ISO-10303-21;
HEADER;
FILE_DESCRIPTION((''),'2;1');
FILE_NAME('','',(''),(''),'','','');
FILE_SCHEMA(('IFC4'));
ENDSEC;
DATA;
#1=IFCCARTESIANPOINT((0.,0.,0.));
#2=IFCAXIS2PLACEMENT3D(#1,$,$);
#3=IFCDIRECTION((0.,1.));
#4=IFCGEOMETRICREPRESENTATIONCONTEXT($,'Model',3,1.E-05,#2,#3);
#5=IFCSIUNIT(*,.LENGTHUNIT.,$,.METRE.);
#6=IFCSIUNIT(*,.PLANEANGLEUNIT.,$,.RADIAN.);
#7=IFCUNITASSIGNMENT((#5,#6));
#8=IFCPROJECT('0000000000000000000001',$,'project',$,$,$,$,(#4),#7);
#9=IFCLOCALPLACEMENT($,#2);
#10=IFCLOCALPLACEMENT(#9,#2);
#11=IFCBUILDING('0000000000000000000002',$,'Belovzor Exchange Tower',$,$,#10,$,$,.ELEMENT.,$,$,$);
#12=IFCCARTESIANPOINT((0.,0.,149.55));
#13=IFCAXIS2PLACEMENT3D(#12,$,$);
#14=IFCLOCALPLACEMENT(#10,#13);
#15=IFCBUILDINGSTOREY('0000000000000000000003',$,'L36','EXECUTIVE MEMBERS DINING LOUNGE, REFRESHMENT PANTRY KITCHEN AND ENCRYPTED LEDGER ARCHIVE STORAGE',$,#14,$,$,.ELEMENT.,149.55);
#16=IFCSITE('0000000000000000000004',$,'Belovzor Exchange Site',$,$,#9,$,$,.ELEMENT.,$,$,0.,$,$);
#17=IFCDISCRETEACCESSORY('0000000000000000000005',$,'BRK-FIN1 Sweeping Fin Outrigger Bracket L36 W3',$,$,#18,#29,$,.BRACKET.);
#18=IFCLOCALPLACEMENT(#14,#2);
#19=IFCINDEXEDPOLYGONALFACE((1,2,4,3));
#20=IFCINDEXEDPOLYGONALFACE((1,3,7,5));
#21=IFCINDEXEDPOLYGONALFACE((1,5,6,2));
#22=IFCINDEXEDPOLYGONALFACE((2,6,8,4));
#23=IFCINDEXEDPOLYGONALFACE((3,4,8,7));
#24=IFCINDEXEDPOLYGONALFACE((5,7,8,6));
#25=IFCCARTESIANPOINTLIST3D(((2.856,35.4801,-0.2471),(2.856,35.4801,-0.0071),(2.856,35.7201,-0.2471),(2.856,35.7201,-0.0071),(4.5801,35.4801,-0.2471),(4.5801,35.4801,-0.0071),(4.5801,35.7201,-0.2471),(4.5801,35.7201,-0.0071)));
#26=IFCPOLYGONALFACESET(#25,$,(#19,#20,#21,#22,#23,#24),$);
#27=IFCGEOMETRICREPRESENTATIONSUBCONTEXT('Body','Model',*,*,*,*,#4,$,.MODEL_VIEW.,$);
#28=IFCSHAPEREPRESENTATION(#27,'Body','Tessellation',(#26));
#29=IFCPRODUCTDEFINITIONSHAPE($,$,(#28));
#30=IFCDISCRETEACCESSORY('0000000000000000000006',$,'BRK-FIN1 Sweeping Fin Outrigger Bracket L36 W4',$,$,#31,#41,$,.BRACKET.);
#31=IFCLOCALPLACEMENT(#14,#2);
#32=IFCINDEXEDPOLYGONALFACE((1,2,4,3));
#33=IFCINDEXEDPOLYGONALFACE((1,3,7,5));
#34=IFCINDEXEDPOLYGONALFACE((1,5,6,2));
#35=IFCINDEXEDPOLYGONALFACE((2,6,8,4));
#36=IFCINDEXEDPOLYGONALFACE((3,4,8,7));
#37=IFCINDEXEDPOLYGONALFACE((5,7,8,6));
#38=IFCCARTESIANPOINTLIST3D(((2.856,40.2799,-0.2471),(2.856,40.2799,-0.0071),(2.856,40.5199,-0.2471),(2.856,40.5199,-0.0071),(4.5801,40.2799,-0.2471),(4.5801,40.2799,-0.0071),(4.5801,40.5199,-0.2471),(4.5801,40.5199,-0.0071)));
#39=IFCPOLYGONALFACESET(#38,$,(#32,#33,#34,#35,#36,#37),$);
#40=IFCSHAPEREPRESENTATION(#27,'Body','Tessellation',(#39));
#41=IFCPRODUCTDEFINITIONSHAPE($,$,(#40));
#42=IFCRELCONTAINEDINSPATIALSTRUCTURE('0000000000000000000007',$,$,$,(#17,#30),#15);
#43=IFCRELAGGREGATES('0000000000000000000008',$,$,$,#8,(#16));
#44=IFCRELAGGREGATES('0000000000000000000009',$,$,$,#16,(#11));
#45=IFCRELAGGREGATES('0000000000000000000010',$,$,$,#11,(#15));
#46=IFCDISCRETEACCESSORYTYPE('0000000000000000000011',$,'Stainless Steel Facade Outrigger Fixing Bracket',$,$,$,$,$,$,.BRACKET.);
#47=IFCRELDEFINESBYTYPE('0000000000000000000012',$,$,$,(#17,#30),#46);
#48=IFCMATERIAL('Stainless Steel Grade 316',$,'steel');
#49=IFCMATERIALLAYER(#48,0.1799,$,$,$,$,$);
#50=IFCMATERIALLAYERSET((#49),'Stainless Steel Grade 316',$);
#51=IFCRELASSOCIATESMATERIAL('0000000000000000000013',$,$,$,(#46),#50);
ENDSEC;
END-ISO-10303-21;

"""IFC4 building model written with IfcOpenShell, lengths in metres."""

from ifc_helpers import new_model, si_unit, direction, frame, origin, origin_2d, place, context, subcontext, project, spatial, rectangle, extrude, material, layer, layer_set, type_object, element, save


model = new_model("IFC4")

# Units and contexts
model_context = context("Model", 3, precision=1e-05, world=origin(), true_north=direction((0.0, 1.0)))
body_context = subcontext(model_context, "Body", "Model", "MODEL_VIEW")
ifc_project = project(units=[si_unit("LENGTHUNIT", "METRE"), si_unit("PLANEANGLEUNIT", "RADIAN")], contexts=[model_context])

# Site, building, storey
site_placement = place(None, origin())
site = spatial("IfcSite", under=ifc_project, at=site_placement, Name="Belovzor Exchange Site", CompositionType="ELEMENT", RefElevation=0.0)
building_placement = place(site_placement, origin())
building = spatial("IfcBuilding", under=site, at=building_placement, Name="Belovzor Exchange Tower", CompositionType="ELEMENT")
storey_placement = place(building_placement, frame((0.0, 0.0, 149.55)))
storey = spatial("IfcBuildingStorey", under=building, at=storey_placement, Name="L36", Description="EXECUTIVE MEMBERS DINING LOUNGE, REFRESHMENT PANTRY KITCHEN AND ENCRYPTED LEDGER ARCHIVE STORAGE", CompositionType="ELEMENT", Elevation=149.55)

# Discrete accessories
ifc_material_1 = material(Name="Stainless Steel Grade 316", Category="steel")
ifc_layer_1 = layer(ifc_material_1, 0.1799)
ifc_layer_set_1 = layer_set([ifc_layer_1], Name="Stainless Steel Grade 316")
discrete_accessory_type = type_object("IfcDiscreteAccessoryType", Name="Stainless Steel Facade Outrigger Fixing Bracket", PredefinedType="BRACKET", material=ifc_layer_set_1)
for number, where, z_axis, x_axis, name in (
    (1, (3.718, 35.6001, -0.2471), (0.0, 0.0, 1.0), (1.0, 0.0, 0.0), "BRK-FIN1 Sweeping Fin Outrigger Bracket L36 W3"),
    (2, (3.718, 40.3999, -0.2471), (0.0, 0.0, 1.0), (1.0, 0.0, 0.0), "BRK-FIN1 Sweeping Fin Outrigger Bracket L36 W4"),
):
    element("IfcDiscreteAccessory", number, at=place(storey_placement, frame(where, z_axis=z_axis, x_axis=x_axis)), inside=storey, type_object=discrete_accessory_type, Name=name, PredefinedType="BRACKET", context=body_context, shape_type="SweptSolid", body=[
        extrude(rectangle(XDim=1.7241, YDim=0.24, at=origin_2d()), origin(), (0.0, 0.0, 1.0), 0.24),
    ])

save(model, "model.ifc")
